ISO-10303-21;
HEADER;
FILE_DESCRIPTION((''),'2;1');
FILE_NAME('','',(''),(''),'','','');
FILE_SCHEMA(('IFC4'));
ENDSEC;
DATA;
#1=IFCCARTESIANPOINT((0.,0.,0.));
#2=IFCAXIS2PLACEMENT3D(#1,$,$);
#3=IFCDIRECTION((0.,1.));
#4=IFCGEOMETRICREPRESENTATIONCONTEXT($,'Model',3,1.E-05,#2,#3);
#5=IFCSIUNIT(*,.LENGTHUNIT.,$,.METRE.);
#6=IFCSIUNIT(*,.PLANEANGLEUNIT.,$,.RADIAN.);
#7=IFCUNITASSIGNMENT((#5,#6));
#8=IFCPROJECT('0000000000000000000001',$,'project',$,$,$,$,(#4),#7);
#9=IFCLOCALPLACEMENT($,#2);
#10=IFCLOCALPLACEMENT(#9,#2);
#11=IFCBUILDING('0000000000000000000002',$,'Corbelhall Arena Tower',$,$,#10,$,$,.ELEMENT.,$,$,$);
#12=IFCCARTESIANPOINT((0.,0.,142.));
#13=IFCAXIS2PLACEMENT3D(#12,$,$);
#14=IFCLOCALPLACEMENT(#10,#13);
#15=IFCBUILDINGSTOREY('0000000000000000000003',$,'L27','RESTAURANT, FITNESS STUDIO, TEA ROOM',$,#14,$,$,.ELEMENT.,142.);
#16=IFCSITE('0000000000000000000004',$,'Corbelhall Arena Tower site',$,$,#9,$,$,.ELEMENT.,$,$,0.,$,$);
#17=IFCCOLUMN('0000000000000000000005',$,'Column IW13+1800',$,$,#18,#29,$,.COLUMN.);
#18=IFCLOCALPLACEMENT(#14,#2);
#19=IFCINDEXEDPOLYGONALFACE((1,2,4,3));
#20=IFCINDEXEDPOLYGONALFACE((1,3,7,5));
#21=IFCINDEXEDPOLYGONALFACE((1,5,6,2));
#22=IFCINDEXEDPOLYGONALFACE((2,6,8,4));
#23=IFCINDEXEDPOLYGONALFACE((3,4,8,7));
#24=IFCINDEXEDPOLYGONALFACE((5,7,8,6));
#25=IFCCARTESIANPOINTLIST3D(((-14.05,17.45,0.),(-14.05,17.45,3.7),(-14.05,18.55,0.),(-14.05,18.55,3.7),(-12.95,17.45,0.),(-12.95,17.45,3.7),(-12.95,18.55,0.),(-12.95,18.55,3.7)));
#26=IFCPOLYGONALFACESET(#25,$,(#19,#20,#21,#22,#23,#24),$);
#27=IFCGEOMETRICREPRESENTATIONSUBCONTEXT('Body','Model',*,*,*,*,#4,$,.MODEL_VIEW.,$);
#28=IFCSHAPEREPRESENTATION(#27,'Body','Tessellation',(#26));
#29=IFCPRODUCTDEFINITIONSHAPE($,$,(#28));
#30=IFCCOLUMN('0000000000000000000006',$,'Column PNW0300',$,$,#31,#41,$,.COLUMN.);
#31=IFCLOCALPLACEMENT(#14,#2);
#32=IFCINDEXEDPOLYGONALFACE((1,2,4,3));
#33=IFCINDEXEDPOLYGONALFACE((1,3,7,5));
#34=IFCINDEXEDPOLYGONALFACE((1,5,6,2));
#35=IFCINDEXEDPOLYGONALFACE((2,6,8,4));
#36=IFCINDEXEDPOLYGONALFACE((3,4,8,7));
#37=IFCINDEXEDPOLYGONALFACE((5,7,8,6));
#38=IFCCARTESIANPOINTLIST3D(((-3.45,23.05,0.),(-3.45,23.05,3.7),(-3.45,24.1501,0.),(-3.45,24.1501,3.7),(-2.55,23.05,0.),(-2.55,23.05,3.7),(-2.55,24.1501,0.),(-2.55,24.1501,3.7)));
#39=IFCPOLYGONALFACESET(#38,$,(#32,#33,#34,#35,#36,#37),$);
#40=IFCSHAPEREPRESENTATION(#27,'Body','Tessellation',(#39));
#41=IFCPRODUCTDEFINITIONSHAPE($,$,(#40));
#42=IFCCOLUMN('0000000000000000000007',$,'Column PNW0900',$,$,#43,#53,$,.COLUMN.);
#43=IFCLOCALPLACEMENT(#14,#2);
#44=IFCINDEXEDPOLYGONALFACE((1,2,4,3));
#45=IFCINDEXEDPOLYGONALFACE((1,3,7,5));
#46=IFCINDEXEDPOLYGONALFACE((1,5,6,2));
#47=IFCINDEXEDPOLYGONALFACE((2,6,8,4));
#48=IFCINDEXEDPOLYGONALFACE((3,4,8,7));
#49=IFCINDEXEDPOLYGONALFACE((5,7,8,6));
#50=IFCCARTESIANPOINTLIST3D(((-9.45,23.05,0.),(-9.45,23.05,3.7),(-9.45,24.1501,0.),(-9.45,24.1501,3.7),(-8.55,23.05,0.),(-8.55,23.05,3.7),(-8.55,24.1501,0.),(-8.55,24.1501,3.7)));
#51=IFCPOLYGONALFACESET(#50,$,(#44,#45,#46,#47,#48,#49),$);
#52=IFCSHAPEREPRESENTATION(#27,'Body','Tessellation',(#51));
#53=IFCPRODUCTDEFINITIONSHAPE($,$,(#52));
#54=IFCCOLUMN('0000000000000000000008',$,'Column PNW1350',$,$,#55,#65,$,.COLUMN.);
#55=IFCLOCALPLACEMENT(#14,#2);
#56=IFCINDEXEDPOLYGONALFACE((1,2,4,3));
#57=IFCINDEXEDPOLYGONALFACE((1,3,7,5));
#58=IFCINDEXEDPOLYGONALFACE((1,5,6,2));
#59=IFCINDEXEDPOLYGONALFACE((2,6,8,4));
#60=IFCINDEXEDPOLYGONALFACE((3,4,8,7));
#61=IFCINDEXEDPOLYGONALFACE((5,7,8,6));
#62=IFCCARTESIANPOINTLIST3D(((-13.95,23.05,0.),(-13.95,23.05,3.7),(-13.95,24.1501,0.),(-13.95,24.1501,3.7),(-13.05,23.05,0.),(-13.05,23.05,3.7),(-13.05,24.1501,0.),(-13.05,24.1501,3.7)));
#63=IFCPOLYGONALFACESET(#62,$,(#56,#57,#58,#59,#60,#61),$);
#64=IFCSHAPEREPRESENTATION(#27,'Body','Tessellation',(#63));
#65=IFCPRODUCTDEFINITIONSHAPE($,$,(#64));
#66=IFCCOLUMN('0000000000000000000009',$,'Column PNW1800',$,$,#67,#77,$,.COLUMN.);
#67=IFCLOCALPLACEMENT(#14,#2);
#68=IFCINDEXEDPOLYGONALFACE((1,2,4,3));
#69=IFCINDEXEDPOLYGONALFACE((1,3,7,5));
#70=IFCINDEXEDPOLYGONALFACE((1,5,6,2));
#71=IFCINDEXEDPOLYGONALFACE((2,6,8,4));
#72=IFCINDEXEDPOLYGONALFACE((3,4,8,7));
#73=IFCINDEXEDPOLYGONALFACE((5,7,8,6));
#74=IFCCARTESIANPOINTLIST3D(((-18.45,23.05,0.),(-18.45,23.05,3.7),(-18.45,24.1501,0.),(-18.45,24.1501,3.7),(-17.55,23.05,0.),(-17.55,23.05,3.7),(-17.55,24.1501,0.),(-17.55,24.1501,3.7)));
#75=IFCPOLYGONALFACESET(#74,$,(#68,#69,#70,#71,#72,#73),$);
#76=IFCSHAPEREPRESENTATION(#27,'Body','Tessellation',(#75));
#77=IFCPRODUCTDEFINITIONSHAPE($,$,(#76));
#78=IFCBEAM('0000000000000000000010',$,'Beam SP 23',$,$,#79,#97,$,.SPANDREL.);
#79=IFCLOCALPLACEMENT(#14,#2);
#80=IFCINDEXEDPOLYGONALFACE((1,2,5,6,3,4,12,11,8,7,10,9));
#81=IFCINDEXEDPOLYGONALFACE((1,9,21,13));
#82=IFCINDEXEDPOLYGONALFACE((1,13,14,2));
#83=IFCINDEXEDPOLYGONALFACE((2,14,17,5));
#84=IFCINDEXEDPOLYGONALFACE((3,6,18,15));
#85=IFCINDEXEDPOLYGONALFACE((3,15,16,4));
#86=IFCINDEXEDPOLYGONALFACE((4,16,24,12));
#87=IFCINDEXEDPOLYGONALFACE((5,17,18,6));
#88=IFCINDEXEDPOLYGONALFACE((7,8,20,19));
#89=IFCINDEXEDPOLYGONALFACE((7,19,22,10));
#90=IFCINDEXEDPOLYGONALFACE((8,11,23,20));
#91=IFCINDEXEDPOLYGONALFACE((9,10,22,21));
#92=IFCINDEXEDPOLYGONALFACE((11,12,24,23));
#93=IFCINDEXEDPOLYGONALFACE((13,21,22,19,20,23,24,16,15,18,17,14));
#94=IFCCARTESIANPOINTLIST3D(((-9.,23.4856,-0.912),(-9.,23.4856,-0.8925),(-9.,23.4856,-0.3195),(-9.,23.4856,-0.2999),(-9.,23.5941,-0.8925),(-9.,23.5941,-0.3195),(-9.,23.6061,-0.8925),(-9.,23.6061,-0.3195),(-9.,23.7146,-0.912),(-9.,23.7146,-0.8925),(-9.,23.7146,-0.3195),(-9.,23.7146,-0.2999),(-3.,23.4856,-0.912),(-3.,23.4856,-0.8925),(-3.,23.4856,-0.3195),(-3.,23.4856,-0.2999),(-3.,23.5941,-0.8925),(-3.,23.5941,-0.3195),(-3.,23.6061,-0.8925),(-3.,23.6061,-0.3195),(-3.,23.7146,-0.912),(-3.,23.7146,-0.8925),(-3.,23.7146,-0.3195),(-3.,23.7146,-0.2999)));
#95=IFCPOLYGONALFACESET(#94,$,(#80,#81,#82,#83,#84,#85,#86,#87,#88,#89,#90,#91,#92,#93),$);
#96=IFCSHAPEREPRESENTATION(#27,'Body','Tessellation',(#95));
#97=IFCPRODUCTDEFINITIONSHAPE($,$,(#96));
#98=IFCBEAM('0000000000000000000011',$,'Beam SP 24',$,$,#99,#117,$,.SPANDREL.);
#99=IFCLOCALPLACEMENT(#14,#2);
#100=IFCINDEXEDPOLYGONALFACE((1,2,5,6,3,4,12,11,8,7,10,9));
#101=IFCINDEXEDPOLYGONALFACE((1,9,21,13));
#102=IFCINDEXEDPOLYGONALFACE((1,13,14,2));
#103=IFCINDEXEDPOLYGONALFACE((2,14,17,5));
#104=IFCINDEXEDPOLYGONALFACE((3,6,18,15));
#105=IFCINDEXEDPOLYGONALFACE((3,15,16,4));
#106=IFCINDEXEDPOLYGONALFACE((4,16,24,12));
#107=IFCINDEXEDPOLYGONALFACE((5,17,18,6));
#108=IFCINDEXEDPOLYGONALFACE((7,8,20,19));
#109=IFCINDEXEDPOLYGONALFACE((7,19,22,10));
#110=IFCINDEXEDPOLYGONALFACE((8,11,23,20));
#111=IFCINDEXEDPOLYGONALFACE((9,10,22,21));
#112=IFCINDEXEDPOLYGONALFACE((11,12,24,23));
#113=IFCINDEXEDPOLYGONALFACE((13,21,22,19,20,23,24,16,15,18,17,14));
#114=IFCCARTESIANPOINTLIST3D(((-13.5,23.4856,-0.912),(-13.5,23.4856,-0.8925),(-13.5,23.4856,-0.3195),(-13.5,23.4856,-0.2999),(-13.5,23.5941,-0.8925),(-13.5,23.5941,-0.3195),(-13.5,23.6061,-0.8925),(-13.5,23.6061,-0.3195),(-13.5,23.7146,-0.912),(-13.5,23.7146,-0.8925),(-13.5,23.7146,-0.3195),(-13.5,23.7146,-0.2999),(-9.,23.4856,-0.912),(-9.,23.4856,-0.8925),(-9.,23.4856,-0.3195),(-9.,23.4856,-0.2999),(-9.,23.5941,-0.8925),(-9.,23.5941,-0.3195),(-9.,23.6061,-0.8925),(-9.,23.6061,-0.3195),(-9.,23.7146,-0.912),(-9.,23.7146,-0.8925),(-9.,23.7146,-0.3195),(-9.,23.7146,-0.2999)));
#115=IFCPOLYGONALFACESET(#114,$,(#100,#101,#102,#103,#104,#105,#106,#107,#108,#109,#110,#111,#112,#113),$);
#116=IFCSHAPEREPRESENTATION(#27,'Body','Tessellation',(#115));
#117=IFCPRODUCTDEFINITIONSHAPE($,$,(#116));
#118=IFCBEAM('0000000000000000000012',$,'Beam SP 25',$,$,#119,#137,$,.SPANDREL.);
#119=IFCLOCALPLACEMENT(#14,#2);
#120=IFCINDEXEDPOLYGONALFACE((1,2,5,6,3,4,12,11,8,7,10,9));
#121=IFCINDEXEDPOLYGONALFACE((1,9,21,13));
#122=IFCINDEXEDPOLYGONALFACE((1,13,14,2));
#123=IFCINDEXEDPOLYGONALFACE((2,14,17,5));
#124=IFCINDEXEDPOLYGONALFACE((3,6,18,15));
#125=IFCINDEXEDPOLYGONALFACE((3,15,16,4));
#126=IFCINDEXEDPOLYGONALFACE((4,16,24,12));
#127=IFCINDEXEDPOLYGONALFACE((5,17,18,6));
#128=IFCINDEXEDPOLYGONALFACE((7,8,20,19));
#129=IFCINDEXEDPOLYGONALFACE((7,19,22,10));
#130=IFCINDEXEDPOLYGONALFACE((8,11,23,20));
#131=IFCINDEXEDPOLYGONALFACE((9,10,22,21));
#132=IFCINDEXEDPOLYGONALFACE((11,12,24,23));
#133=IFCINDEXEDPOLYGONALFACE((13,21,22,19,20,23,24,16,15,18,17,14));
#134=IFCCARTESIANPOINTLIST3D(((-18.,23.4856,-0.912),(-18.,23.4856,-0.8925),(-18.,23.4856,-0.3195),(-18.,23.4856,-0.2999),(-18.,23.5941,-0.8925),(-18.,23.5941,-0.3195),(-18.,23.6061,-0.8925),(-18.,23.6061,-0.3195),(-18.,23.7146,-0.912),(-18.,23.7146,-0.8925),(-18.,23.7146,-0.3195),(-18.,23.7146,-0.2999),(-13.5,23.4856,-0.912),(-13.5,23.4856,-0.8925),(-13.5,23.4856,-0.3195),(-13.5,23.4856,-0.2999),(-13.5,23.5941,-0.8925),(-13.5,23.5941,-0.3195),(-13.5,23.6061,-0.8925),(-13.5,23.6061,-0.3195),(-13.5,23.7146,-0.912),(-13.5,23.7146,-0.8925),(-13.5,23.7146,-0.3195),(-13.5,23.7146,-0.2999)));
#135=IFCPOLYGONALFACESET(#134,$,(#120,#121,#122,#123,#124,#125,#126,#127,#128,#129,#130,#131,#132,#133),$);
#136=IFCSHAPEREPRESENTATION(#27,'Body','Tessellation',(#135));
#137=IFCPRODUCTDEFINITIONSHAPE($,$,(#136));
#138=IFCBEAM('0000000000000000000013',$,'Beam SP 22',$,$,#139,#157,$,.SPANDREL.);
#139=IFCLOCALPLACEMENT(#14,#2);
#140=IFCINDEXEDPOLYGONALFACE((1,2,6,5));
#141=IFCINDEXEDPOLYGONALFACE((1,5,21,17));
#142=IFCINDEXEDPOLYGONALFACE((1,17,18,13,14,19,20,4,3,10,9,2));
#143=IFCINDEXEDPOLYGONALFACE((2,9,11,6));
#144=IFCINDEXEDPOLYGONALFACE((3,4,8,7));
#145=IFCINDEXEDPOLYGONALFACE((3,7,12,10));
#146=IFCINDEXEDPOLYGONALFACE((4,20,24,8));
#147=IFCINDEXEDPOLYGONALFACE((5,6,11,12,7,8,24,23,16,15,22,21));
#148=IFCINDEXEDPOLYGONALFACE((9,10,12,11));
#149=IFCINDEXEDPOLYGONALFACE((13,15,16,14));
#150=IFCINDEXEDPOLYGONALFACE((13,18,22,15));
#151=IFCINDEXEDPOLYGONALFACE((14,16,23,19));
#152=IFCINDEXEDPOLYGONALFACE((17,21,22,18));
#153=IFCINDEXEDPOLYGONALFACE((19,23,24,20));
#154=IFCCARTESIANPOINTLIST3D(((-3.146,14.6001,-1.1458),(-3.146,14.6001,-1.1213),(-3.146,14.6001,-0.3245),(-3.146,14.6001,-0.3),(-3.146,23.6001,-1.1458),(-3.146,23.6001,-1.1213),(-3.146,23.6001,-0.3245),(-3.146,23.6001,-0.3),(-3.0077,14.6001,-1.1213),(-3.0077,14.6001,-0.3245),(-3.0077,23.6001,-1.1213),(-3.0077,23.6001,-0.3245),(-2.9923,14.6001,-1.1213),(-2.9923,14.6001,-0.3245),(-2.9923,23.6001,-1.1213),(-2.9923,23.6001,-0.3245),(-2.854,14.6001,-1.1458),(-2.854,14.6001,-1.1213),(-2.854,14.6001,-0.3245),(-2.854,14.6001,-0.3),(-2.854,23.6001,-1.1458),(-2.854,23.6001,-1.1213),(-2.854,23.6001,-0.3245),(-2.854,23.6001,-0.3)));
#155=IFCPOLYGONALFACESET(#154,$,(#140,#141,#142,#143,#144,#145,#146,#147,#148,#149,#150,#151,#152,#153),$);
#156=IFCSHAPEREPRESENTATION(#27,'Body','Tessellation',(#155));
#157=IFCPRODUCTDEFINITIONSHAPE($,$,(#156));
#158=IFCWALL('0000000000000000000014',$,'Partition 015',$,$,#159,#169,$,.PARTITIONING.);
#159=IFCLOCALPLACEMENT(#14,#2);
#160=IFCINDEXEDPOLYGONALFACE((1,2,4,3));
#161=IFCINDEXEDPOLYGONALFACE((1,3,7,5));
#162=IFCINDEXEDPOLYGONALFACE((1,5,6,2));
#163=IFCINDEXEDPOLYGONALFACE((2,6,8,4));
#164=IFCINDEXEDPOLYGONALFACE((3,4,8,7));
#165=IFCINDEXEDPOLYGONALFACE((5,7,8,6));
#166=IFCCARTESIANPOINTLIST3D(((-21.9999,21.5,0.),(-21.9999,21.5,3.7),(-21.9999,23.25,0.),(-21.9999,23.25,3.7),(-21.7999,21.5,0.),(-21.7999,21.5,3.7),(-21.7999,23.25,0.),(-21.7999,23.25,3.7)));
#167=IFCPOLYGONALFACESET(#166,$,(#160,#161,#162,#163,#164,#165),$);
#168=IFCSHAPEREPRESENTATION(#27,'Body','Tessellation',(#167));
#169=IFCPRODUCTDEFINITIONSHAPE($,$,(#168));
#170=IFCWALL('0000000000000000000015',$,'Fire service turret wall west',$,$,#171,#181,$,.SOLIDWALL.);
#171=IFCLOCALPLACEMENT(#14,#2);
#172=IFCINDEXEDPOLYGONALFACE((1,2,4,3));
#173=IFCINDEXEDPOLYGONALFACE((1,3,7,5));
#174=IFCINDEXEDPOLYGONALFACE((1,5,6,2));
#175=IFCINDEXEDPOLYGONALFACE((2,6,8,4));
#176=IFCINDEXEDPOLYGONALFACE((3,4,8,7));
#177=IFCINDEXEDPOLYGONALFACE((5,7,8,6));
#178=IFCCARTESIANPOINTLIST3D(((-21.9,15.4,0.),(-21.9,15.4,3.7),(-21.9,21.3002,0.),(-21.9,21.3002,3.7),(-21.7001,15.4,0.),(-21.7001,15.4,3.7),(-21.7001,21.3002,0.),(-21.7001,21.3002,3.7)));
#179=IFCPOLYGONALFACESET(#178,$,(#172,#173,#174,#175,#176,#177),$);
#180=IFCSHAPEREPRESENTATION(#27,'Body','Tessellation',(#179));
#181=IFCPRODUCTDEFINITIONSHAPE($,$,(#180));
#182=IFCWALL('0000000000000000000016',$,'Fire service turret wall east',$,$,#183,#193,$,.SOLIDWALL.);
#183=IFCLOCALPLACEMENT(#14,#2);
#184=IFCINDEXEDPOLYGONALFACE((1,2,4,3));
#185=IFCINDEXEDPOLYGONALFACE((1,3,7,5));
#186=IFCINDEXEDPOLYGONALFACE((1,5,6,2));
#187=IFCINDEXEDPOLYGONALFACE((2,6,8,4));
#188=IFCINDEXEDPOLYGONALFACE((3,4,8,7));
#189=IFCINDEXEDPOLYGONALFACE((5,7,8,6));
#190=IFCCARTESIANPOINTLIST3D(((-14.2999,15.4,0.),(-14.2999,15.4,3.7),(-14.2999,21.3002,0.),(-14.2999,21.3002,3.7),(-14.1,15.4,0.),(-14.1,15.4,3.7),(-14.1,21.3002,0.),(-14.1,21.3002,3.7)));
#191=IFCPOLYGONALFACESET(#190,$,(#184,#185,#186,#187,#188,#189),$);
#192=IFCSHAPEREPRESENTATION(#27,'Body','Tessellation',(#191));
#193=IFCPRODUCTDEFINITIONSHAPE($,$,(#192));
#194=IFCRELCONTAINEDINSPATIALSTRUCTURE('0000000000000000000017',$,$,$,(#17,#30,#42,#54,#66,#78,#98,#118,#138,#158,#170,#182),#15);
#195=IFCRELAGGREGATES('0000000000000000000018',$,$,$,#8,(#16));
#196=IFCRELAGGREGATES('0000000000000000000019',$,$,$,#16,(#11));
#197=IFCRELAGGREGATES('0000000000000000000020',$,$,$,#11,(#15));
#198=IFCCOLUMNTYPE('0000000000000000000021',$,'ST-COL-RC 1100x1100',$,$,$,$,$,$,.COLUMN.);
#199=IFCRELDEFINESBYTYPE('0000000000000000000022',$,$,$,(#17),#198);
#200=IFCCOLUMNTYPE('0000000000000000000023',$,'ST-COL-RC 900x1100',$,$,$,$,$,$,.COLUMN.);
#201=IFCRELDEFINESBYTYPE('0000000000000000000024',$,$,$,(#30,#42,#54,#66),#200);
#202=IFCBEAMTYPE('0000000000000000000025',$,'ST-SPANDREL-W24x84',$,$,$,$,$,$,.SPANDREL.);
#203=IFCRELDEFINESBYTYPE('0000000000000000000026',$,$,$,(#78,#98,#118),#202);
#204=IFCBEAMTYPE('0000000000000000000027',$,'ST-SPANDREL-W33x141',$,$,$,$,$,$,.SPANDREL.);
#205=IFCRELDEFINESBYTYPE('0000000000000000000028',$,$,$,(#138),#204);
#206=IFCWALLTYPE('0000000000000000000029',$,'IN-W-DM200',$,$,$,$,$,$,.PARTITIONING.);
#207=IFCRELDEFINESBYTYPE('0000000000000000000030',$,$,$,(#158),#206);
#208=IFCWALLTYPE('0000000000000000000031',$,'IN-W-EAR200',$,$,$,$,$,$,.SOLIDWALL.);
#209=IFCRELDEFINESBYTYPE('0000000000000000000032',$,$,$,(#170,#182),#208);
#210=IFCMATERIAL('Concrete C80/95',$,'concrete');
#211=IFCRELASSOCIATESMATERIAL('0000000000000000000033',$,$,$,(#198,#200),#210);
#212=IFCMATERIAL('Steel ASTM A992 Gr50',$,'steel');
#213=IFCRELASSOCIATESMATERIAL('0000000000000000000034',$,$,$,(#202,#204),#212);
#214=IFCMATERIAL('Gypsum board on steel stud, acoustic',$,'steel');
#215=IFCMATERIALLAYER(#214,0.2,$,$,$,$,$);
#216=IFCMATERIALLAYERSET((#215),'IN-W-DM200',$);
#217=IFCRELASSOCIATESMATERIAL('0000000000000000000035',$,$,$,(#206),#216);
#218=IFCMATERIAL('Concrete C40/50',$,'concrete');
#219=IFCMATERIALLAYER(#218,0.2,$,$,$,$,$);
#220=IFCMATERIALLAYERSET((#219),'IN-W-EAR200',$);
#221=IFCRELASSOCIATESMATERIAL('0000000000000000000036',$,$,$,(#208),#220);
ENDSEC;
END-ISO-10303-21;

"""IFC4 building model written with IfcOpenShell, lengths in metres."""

from ifc_helpers import new_model, si_unit, direction, frame, frame_2d, origin, origin_2d, place, context, subcontext, project, spatial, rectangle, i_section, extrude, material, layer, layer_set, material_profile, profile_set, type_object, element, save


model = new_model("IFC4")

# Units and contexts
model_context = context("Model", 3, precision=1e-05, world=origin(), true_north=direction((0.0, 1.0)))
body_context = subcontext(model_context, "Body", "Model", "MODEL_VIEW")
ifc_project = project(units=[si_unit("LENGTHUNIT", "METRE"), si_unit("PLANEANGLEUNIT", "RADIAN")], contexts=[model_context])

# Site, building, storey
site_placement = place(None, origin())
site = spatial("IfcSite", under=ifc_project, at=site_placement, Name="Corbelhall Arena Tower site", CompositionType="ELEMENT", RefElevation=0.0)
building_placement = place(site_placement, origin())
building = spatial("IfcBuilding", under=site, at=building_placement, Name="Corbelhall Arena Tower", CompositionType="ELEMENT")
storey_placement = place(building_placement, frame((0.0, 0.0, 142.0)))
storey = spatial("IfcBuildingStorey", under=building, at=storey_placement, Name="L27", Description="RESTAURANT, FITNESS STUDIO, TEA ROOM", CompositionType="ELEMENT", Elevation=142.0)

# Columns
ifc_material_1 = material(Name="Concrete C80/95", Category="concrete")
ifc_material_profile_1 = material_profile(ifc_material_1, rectangle(XDim=1.1001, YDim=1.1001, at=origin_2d()))
ifc_profile_set_1 = profile_set([ifc_material_profile_1], Name="Concrete C80/95")
column_type_1 = type_object("IfcColumnType", Name="ST-COL-RC 1100x1100", PredefinedType="COLUMN", material=ifc_profile_set_1)
column_placement = place(storey_placement, frame((-13.5, 18.0, 0.0), z_axis=(0.0, 0.0, 1.0), x_axis=(1.0, 0.0, 0.0)))
element("IfcColumn", 1, at=column_placement, inside=storey, type_object=column_type_1, Name="Column IW13+1800", PredefinedType="COLUMN", context=body_context, shape_type="SweptSolid", body=[
    extrude(rectangle(XDim=1.1001, YDim=1.1001, at=origin_2d()), origin(), (0.0, 0.0, 1.0), 3.7),
])
ifc_material_profile_2 = material_profile(ifc_material_1, rectangle(XDim=0.8999, YDim=1.1001, at=origin_2d()))
ifc_profile_set_2 = profile_set([ifc_material_profile_2], Name="Concrete C80/95")
column_type_2 = type_object("IfcColumnType", Name="ST-COL-RC 900x1100", PredefinedType="COLUMN", material=ifc_profile_set_2)
for number, where, z_axis, x_axis, name in (
    (2, (-3.0, 23.6001, 0.0), (0.0, 0.0, 1.0), (1.0, 0.0, 0.0), "Column PNW0300"),
    (3, (-9.0, 23.6001, 0.0), (0.0, 0.0, 1.0), (1.0, 0.0, 0.0), "Column PNW0900"),
    (4, (-13.5, 23.6001, 0.0), (0.0, 0.0, 1.0), (1.0, 0.0, 0.0), "Column PNW1350"),
    (5, (-18.0, 23.6001, 0.0), (0.0, 0.0, 1.0), (1.0, 0.0, 0.0), "Column PNW1800"),
):
    element("IfcColumn", number, at=place(storey_placement, frame(where, z_axis=z_axis, x_axis=x_axis)), inside=storey, type_object=column_type_2, Name=name, PredefinedType="COLUMN", context=body_context, shape_type="SweptSolid", body=[
        extrude(rectangle(XDim=0.8999, YDim=1.1001, at=origin_2d()), origin(), (0.0, 0.0, 1.0), 3.7),
    ])

# Beams
ifc_material_2 = material(Name="Steel ASTM A992 Gr50", Category="steel")
ifc_material_profile_3 = material_profile(ifc_material_2, i_section(OverallWidth=0.229, OverallDepth=0.6121, WebThickness=0.012, FlangeThickness=0.0195, at=origin_2d()))
ifc_profile_set_3 = profile_set([ifc_material_profile_3], Name="Steel ASTM A992 Gr50")
beam_type_1 = type_object("IfcBeamType", Name="ST-SPANDREL-W24x84", PredefinedType="SPANDREL", material=ifc_profile_set_3)
beam_1_placement = place(storey_placement, frame((-9.0, 23.6001, -0.606), z_axis=(1.0, 0.0, 0.0), x_axis=(0.0, 1.0, 0.0)))
element("IfcBeam", 6, at=beam_1_placement, inside=storey, type_object=beam_type_1, Name="Beam SP 23", PredefinedType="SPANDREL", context=body_context, shape_type="SweptSolid", body=[
    extrude(i_section(OverallWidth=0.229, OverallDepth=0.6121, WebThickness=0.012, FlangeThickness=0.0195, at=origin_2d()), origin(), (0.0, 0.0, 1.0), 6.0),
])
for number, where, z_axis, x_axis, name in (
    (7, (-13.5, 23.6001, -0.606), (1.0, 0.0, 0.0), (0.0, 1.0, 0.0), "Beam SP 24"),
    (8, (-18.0, 23.6001, -0.606), (1.0, 0.0, 0.0), (0.0, 1.0, 0.0), "Beam SP 25"),
):
    element("IfcBeam", number, at=place(storey_placement, frame(where, z_axis=z_axis, x_axis=x_axis)), inside=storey, type_object=beam_type_1, Name=name, PredefinedType="SPANDREL", context=body_context, shape_type="SweptSolid", body=[
        extrude(i_section(OverallWidth=0.229, OverallDepth=0.6121, WebThickness=0.012, FlangeThickness=0.0195, at=origin_2d()), origin(), (0.0, 0.0, 1.0), 4.5),
    ])
ifc_material_profile_4 = material_profile(ifc_material_2, i_section(OverallWidth=0.292, OverallDepth=0.8457, WebThickness=0.0154, FlangeThickness=0.0244, at=origin_2d()))
ifc_profile_set_4 = profile_set([ifc_material_profile_4], Name="Steel ASTM A992 Gr50")
beam_type_2 = type_object("IfcBeamType", Name="ST-SPANDREL-W33x141", PredefinedType="SPANDREL", material=ifc_profile_set_4)
beam_2_placement = place(storey_placement, frame((-3.0, 23.6001, -0.7229), z_axis=(0.0, -1.0, 0.0), x_axis=(1.0, 0.0, 0.0)))
element("IfcBeam", 9, at=beam_2_placement, inside=storey, type_object=beam_type_2, Name="Beam SP 22", PredefinedType="SPANDREL", context=body_context, shape_type="SweptSolid", body=[
    extrude(i_section(OverallWidth=0.292, OverallDepth=0.8457, WebThickness=0.0154, FlangeThickness=0.0244, at=origin_2d()), origin(), (0.0, 0.0, 1.0), 9.0),
])

# Wall
ifc_material_3 = material(Name="Gypsum board on steel stud, acoustic", Category="steel")
ifc_layer_1 = layer(ifc_material_3, 0.2)
ifc_layer_set_1 = layer_set([ifc_layer_1], Name="IN-W-DM200")
wall_type_1 = type_object("IfcWallType", Name="IN-W-DM200", PredefinedType="PARTITIONING", material=ifc_layer_set_1)
wall_1_placement = place(storey_placement, frame((-21.8999, 21.5, 0.0), z_axis=(0.0, 0.0, 1.0), x_axis=(0.0, 1.0, 0.0)))
element("IfcWall", 10, at=wall_1_placement, inside=storey, type_object=wall_type_1, Name="Partition 015", PredefinedType="PARTITIONING", context=body_context, shape_type="SweptSolid", body=[
    extrude(rectangle(XDim=1.75, YDim=0.2, at=frame_2d((0.875, 0.0))), origin(), (0.0, 0.0, 1.0), 3.7),
])

# Walls
ifc_material_4 = material(Name="Concrete C40/50", Category="concrete")
ifc_layer_2 = layer(ifc_material_4, 0.2)
ifc_layer_set_2 = layer_set([ifc_layer_2], Name="IN-W-EAR200")
wall_type_2 = type_object("IfcWallType", Name="IN-W-EAR200", PredefinedType="SOLIDWALL", material=ifc_layer_set_2)
for number, where, z_axis, x_axis, name in (
    (11, (-21.8, 15.3999, 0.0), (0.0, 0.0, 1.0), (0.0, 1.0, 0.0), "Fire service turret wall west"),
    (12, (-14.2, 15.3999, 0.0), (0.0, 0.0, 1.0), (0.0, 1.0, 0.0), "Fire service turret wall east"),
):
    element("IfcWall", number, at=place(storey_placement, frame(where, z_axis=z_axis, x_axis=x_axis)), inside=storey, type_object=wall_type_2, Name=name, PredefinedType="SOLIDWALL", context=body_context, shape_type="SweptSolid", body=[
        extrude(rectangle(XDim=5.9001, YDim=0.2, at=frame_2d((2.9502, 0.0))), origin(), (0.0, 0.0, 1.0), 3.7),
    ])

save(model, "model.ifc")
